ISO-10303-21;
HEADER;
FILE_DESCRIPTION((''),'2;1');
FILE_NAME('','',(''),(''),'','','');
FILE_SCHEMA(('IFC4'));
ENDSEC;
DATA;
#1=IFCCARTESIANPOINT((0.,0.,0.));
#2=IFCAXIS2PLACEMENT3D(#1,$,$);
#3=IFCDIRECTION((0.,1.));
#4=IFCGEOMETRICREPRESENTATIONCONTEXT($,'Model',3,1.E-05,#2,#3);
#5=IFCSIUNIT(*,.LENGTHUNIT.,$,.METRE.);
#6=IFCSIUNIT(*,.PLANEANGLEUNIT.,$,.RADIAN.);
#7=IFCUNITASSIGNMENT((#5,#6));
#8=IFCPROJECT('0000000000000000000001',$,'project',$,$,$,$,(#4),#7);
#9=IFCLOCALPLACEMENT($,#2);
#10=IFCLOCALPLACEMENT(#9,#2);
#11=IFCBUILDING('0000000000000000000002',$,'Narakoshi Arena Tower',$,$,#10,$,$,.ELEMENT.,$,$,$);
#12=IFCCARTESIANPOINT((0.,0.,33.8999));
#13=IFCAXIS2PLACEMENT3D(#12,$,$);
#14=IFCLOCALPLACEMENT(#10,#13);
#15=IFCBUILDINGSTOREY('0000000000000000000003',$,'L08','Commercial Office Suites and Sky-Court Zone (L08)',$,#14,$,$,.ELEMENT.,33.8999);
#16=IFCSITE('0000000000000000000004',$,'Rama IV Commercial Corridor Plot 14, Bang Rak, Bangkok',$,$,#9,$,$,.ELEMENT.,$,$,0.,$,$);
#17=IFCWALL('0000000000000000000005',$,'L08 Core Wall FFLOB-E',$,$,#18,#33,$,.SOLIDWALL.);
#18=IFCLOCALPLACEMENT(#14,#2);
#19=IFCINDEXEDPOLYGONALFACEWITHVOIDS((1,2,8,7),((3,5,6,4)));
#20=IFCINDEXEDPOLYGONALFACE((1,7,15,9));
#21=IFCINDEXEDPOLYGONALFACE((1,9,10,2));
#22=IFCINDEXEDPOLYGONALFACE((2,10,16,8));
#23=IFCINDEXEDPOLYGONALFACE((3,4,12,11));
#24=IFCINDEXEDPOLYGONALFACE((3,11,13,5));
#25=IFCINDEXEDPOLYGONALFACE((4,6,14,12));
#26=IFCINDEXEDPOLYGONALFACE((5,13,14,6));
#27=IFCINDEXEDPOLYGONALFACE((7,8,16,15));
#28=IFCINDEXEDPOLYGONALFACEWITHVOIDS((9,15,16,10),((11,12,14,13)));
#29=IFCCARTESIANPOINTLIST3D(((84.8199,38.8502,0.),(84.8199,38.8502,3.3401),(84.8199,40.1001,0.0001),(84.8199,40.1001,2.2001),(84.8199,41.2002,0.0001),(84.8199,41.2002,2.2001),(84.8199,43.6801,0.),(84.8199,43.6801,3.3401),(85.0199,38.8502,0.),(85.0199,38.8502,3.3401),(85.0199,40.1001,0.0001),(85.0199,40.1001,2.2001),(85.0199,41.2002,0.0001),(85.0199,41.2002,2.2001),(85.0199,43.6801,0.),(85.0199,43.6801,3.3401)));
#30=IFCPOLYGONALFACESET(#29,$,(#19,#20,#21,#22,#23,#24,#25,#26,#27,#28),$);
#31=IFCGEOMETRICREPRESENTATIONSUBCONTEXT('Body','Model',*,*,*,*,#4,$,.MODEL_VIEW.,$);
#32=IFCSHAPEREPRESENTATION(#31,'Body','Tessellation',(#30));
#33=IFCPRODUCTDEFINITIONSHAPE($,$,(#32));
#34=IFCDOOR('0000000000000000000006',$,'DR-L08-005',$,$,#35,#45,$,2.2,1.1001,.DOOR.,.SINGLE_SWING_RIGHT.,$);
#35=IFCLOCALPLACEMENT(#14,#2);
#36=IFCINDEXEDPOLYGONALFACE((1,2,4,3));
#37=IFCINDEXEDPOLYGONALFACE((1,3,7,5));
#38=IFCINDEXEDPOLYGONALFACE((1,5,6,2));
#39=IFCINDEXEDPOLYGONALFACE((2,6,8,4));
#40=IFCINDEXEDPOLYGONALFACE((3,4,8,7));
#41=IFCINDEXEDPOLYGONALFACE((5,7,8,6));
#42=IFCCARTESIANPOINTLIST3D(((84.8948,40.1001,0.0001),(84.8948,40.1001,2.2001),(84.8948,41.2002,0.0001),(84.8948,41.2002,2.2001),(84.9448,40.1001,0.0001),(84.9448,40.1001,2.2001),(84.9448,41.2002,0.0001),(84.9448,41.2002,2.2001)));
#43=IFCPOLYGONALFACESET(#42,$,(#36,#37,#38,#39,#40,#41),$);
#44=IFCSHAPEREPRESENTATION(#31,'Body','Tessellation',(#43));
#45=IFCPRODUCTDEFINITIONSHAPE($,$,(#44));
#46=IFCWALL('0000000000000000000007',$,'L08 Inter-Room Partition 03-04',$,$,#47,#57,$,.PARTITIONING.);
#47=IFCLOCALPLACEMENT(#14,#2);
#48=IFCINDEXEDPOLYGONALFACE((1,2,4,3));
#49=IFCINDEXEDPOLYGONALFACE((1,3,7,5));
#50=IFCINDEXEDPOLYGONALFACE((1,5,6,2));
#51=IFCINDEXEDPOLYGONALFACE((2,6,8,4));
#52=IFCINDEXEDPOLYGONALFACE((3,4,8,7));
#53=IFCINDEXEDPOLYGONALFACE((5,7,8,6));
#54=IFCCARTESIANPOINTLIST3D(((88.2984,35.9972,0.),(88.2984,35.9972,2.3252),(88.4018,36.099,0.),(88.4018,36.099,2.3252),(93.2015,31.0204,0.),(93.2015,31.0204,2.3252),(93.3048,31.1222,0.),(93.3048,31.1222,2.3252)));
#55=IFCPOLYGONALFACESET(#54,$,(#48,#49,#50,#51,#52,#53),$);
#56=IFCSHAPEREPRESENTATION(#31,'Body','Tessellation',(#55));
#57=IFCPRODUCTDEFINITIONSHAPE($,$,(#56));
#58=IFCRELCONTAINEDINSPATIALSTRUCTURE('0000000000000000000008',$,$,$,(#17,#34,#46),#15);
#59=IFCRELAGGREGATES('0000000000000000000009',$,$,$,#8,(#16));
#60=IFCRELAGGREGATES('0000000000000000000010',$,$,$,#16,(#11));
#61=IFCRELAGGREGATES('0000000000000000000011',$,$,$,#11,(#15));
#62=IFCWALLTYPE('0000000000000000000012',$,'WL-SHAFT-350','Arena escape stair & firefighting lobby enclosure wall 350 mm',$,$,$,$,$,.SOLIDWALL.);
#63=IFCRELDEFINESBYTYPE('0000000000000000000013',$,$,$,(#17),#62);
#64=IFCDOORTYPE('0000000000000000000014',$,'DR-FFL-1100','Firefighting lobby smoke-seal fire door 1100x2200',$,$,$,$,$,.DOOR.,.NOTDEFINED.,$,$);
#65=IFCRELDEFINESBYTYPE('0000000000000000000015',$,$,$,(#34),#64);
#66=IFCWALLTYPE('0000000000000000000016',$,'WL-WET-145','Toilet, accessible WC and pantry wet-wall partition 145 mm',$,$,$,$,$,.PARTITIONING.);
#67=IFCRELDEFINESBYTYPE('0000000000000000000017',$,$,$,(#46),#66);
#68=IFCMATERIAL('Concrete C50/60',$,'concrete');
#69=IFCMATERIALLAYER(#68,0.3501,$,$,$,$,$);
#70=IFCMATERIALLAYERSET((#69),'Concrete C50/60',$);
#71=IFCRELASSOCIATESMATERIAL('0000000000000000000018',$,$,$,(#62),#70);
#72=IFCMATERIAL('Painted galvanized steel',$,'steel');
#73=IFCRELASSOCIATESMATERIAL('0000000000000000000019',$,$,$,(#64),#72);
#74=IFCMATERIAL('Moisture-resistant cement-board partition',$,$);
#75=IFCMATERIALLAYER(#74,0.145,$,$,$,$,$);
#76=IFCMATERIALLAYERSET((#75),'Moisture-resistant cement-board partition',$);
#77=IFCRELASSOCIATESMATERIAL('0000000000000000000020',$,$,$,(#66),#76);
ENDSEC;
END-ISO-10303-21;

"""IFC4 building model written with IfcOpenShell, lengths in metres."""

from ifc_helpers import new_model, si_unit, direction, frame, frame_2d, origin, place, context, subcontext, project, spatial, rectangle, extrude, material, layer, layer_set, type_object, element, fill, save


model = new_model("IFC4")

# Units and contexts
model_context = context("Model", 3, precision=1e-05, world=origin(), true_north=direction((0.0, 1.0)))
body_context = subcontext(model_context, "Body", "Model", "MODEL_VIEW")
ifc_project = project(units=[si_unit("LENGTHUNIT", "METRE"), si_unit("PLANEANGLEUNIT", "RADIAN")], contexts=[model_context])

# Site, building, storey
site_placement = place(None, origin())
site = spatial("IfcSite", under=ifc_project, at=site_placement, Name="Rama IV Commercial Corridor Plot 14, Bang Rak, Bangkok", CompositionType="ELEMENT", RefElevation=0.0)
building_placement = place(site_placement, origin())
building = spatial("IfcBuilding", under=site, at=building_placement, Name="Narakoshi Arena Tower", CompositionType="ELEMENT")
storey_placement = place(building_placement, frame((0.0, 0.0, 33.8999)))
storey = spatial("IfcBuildingStorey", under=building, at=storey_placement, Name="L08", Description="Commercial Office Suites and Sky-Court Zone (L08)", CompositionType="ELEMENT", Elevation=33.8999)

# Shared definitions
ifc_material_1 = material(Name="Concrete C50/60", Category="concrete")
ifc_layer_1 = layer(ifc_material_1, 0.3501)
ifc_layer_set_1 = layer_set([ifc_layer_1], Name="Concrete C50/60")
wall_type_1 = type_object("IfcWallType", Name="WL-SHAFT-350", Description="Arena escape stair & firefighting lobby enclosure wall 350 mm", PredefinedType="SOLIDWALL", material=ifc_layer_set_1)

# Wall, opening, door
wall_1_placement = place(storey_placement, frame((84.9199, 38.8501, 0.0), z_axis=(0.0, 0.0, 1.0), x_axis=(0.0, 1.0, 0.0)))
wall_1 = element("IfcWall", 1, at=wall_1_placement, inside=storey, type_object=wall_type_1, Name="L08 Core Wall FFLOB-E", PredefinedType="SOLIDWALL", context=body_context, shape_type="SweptSolid", body=[
    extrude(rectangle(XDim=4.8298, YDim=0.2, at=frame_2d((2.415, 0.0))), origin(), (0.0, 0.0, 1.0), 3.3401),
])
opening_1_placement = place(wall_1_placement, frame((1.25, 0.0, 0.0)))
opening_1 = element("IfcOpeningElement", 2, at=opening_1_placement, cuts=wall_1, PredefinedType="OPENING", context=body_context, shape_type="SweptSolid", body=[
    extrude(rectangle(XDim=1.1001, YDim=2.2, at=frame_2d((0.55, 1.1001))), frame((0.0, 0.1099, 0.0), z_axis=(0.0, -1.0, 0.0), x_axis=(1.0, 0.0, 0.0)), (0.0, 0.0, 1.0), 0.22),
])
ifc_material_2 = material(Name="Painted galvanized steel", Category="steel")
door_type_1 = type_object("IfcDoorType", Name="DR-FFL-1100", Description="Firefighting lobby smoke-seal fire door 1100x2200", OperationType="NOTDEFINED", PredefinedType="DOOR", material=ifc_material_2)
door_1_placement = place(opening_1_placement, frame((1.1001, 0.0, 0.0), z_axis=(0.0, 0.0, 1.0), x_axis=(-1.0, 0.0, 0.0)))
door_1 = element("IfcDoor", 3, at=door_1_placement, inside=storey, type_object=door_type_1, Name="DR-L08-005", OperationType="SINGLE_SWING_RIGHT", OverallHeight=2.2, OverallWidth=1.1001, PredefinedType="DOOR", context=body_context, shape_type="SweptSolid", body=[
    extrude(rectangle(XDim=1.1001, YDim=2.2, at=frame_2d((0.55, 1.1001))), frame((0.0, 0.0249, 0.0), z_axis=(0.0, -1.0, 0.0), x_axis=(1.0, 0.0, 0.0)), (0.0, 0.0, 1.0), 0.05),
])
fill(opening_1, door_1)

# Wall
ifc_material_3 = material(Name="Moisture-resistant cement-board partition")
ifc_layer_2 = layer(ifc_material_3, 0.145)
ifc_layer_set_2 = layer_set([ifc_layer_2], Name="Moisture-resistant cement-board partition")
wall_type_2 = type_object("IfcWallType", Name="WL-WET-145", Description="Toilet, accessible WC and pantry wet-wall partition 145 mm", PredefinedType="PARTITIONING", material=ifc_layer_set_2)
wall_2_placement = place(storey_placement, frame((88.3501, 36.0481, 0.0), z_axis=(0.0, 0.0, 1.0), x_axis=(0.70181, -0.712364, 0.0)))
element("IfcWall", 4, at=wall_2_placement, inside=storey, type_object=wall_type_2, Name="L08 Inter-Room Partition 03-04", PredefinedType="PARTITIONING", context=body_context, shape_type="SweptSolid", body=[
    extrude(rectangle(XDim=6.9863, YDim=0.145, at=frame_2d((3.4932, 0.0))), origin(), (0.0, 0.0, 1.0), 2.3252),
])

save(model, "model.ifc")
